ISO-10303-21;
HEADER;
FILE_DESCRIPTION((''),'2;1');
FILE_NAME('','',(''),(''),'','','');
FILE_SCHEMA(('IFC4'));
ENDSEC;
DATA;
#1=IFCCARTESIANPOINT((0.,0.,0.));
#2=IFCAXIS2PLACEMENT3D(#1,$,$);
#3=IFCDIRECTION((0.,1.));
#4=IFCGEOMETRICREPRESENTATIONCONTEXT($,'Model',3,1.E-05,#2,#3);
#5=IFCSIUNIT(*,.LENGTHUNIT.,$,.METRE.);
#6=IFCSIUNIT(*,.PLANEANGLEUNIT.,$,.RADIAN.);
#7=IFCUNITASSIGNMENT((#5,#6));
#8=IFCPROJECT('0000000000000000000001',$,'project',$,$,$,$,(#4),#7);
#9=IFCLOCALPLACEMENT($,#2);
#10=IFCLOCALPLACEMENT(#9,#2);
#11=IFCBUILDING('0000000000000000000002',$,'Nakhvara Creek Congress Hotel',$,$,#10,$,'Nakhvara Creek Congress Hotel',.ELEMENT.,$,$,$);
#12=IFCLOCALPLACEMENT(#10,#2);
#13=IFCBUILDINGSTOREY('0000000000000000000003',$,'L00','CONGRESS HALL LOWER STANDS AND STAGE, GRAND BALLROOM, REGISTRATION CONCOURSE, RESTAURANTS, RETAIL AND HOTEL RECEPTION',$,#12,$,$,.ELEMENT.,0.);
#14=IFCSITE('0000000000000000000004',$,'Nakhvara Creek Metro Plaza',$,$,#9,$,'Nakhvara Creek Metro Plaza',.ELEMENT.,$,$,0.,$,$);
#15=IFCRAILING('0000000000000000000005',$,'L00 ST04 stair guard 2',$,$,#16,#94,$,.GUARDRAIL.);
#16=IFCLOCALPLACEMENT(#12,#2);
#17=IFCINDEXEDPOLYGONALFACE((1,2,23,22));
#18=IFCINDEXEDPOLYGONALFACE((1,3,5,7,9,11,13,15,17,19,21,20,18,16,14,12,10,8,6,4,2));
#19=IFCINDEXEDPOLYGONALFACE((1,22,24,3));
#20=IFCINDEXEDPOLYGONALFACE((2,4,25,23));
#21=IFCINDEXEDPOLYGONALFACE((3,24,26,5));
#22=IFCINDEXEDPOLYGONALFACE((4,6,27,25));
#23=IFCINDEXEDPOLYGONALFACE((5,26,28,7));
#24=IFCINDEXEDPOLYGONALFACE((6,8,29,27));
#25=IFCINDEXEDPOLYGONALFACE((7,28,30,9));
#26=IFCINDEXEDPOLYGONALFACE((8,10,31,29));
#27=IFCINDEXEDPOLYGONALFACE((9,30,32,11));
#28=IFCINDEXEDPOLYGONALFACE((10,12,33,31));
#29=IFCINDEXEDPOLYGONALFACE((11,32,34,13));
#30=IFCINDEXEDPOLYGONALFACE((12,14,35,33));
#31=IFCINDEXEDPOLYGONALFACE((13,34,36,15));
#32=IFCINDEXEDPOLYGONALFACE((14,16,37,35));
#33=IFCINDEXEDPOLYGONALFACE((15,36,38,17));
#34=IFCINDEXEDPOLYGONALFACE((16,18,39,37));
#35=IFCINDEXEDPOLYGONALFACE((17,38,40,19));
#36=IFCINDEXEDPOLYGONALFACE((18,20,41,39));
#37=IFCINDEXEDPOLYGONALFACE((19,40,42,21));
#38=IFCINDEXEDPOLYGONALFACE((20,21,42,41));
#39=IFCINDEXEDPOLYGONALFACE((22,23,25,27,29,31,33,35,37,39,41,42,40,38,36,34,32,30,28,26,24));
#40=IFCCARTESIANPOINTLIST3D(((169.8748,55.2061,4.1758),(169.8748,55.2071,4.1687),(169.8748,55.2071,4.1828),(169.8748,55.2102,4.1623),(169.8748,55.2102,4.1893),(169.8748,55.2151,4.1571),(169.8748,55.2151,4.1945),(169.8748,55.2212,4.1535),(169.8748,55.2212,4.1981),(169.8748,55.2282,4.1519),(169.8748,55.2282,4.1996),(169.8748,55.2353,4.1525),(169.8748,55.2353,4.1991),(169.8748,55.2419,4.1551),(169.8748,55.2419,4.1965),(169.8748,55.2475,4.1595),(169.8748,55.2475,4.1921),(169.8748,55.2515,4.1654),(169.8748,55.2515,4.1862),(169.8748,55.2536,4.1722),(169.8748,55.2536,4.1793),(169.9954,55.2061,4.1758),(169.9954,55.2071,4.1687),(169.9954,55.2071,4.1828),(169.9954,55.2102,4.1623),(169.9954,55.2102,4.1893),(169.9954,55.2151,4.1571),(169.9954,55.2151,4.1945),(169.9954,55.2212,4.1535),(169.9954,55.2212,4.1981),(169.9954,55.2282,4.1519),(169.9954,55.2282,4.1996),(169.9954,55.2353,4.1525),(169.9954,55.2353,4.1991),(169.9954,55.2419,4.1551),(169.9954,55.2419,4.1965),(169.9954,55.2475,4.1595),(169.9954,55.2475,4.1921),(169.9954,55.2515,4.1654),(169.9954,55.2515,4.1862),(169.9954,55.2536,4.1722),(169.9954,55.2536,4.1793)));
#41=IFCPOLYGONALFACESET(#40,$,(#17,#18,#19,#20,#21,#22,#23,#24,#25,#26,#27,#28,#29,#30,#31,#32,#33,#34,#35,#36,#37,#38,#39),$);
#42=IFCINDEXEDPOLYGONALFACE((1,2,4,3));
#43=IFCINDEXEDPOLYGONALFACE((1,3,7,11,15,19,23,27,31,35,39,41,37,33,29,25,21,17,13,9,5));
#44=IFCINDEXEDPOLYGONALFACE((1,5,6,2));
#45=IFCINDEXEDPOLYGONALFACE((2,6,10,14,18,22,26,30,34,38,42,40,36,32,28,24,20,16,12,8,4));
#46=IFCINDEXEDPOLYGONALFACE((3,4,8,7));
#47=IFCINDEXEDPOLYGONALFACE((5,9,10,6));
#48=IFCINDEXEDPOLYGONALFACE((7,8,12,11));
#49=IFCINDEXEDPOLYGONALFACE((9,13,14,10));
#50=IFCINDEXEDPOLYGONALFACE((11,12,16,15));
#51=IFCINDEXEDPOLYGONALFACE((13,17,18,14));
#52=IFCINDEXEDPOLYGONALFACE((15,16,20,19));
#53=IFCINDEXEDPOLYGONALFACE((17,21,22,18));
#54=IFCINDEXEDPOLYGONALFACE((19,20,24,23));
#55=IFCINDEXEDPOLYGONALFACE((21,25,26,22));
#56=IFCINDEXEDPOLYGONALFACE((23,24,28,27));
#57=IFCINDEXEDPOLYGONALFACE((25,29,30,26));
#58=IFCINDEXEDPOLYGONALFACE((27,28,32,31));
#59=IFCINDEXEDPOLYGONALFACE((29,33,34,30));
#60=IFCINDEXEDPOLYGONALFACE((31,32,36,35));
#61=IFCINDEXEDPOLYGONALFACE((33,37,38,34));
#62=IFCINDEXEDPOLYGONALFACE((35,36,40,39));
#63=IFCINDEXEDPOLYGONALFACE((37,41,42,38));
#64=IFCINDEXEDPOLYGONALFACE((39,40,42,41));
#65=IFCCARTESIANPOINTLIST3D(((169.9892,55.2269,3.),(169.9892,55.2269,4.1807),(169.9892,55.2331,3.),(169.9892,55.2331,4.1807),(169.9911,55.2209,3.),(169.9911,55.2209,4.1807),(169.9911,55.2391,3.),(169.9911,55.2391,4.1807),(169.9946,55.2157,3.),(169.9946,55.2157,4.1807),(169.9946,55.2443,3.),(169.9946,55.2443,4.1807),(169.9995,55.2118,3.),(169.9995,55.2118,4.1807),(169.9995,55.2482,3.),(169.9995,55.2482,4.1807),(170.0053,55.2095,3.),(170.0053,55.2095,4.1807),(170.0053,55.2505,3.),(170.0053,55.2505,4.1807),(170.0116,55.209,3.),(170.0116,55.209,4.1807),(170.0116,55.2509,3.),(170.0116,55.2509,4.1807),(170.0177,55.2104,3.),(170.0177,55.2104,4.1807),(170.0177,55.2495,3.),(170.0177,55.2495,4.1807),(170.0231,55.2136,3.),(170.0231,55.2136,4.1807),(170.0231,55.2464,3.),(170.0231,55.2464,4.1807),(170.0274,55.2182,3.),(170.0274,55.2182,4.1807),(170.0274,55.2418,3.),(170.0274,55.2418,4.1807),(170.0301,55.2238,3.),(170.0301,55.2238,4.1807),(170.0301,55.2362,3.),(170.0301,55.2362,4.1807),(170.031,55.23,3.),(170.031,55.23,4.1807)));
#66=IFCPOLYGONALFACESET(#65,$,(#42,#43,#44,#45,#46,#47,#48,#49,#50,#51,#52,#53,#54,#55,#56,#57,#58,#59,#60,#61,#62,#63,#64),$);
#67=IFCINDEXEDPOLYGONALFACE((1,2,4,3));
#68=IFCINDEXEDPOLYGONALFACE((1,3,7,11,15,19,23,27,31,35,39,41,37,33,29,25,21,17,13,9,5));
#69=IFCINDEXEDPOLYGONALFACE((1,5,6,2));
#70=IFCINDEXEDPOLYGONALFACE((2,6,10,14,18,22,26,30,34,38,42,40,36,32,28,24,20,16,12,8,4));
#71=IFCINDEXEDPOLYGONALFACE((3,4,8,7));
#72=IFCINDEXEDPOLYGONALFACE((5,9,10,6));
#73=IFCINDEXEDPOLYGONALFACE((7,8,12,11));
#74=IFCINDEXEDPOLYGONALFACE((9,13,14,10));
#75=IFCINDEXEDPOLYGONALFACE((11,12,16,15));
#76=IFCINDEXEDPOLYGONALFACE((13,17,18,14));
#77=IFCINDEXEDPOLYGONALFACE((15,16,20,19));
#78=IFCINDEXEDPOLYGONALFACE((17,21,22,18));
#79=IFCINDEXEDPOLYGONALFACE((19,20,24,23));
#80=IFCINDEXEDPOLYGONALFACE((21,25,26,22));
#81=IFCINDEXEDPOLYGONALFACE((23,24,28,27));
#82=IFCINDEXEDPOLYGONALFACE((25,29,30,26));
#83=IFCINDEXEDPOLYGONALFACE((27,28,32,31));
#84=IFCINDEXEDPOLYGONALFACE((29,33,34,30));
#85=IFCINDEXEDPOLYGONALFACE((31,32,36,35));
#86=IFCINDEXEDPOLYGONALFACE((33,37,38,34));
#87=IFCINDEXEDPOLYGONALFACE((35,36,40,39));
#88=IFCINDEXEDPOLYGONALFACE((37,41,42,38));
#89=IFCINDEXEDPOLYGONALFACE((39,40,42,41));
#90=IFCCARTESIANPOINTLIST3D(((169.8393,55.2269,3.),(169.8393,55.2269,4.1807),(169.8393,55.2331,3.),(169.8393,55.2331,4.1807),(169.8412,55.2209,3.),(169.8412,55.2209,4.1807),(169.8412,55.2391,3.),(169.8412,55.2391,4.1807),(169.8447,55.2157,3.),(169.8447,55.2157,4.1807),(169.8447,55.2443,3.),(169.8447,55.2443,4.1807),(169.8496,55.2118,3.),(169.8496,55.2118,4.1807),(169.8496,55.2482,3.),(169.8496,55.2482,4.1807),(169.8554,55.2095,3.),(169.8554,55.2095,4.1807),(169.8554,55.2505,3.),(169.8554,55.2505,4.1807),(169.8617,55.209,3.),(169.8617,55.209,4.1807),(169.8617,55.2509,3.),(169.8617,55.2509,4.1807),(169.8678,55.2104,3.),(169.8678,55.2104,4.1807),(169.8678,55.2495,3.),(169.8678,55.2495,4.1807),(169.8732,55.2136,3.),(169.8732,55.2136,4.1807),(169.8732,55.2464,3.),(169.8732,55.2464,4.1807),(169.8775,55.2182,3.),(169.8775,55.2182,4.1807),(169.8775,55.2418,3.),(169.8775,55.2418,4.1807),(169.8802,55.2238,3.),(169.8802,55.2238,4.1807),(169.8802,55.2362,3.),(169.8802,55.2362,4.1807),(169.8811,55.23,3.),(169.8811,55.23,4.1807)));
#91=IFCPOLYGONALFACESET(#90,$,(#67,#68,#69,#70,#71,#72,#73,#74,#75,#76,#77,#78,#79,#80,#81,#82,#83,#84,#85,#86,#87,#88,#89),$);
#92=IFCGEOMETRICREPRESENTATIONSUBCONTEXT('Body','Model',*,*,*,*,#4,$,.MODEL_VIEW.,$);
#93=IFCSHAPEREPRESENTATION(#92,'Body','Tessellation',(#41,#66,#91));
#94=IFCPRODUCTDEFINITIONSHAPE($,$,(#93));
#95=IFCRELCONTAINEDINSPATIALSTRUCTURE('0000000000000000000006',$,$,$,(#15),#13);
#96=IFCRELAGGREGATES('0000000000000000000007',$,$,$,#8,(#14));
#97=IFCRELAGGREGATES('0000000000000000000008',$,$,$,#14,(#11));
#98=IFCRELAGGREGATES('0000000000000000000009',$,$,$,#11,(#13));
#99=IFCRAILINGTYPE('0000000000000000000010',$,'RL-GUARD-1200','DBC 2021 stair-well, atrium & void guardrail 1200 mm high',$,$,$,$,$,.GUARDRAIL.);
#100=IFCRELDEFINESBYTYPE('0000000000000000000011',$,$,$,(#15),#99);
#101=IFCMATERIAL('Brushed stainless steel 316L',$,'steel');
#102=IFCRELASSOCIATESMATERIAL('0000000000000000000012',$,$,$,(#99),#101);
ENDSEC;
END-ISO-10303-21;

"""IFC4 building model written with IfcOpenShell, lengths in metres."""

from ifc_helpers import new_model, si_unit, direction, frame, origin, origin_2d, place, context, subcontext, project, spatial, circle, extrude, material, type_object, element, save


model = new_model("IFC4")

# Units and contexts
model_context = context("Model", 3, precision=1e-05, world=origin(), true_north=direction((0.0, 1.0)))
body_context = subcontext(model_context, "Body", "Model", "MODEL_VIEW")
ifc_project = project(units=[si_unit("LENGTHUNIT", "METRE"), si_unit("PLANEANGLEUNIT", "RADIAN")], contexts=[model_context])

# Site, building, storey
site_placement = place(None, origin())
site = spatial("IfcSite", under=ifc_project, at=site_placement, Name="Nakhvara Creek Metro Plaza", LongName="Nakhvara Creek Metro Plaza", CompositionType="ELEMENT", RefElevation=0.0)
building_placement = place(site_placement, origin())
building = spatial("IfcBuilding", under=site, at=building_placement, Name="Nakhvara Creek Congress Hotel", LongName="Nakhvara Creek Congress Hotel", CompositionType="ELEMENT")
storey_placement = place(building_placement, origin())
storey = spatial("IfcBuildingStorey", under=building, at=storey_placement, Name="L00", Description="CONGRESS HALL LOWER STANDS AND STAGE, GRAND BALLROOM, REGISTRATION CONCOURSE, RESTAURANTS, RETAIL AND HOTEL RECEPTION", CompositionType="ELEMENT", Elevation=0.0)

# Railing
ifc_material_1 = material(Name="Brushed stainless steel 316L", Category="steel")
railing_type_1 = type_object("IfcRailingType", Name="RL-GUARD-1200", Description="DBC 2021 stair-well, atrium & void guardrail 1200 mm high", PredefinedType="GUARDRAIL", material=ifc_material_1)
railing_1_placement = place(storey_placement, frame((170.01, 55.23, 3.0)))
element("IfcRailing", 1, at=railing_1_placement, inside=storey, type_object=railing_type_1, Name="L00 ST04 stair guard 2", PredefinedType="GUARDRAIL", context=body_context, shape_type="SweptSolid", body=[
    extrude(circle(Radius=0.0239, at=origin_2d()), frame((-0.0146, 0.0, 1.1758), z_axis=(-1.0, 0.0, 0.0), x_axis=(0.0, -1.0, 0.0)), (0.0, 0.0, 1.0), 0.1206),
    extrude(circle(Radius=0.021, at=origin_2d()), origin(), (0.0, 0.0, 1.0), 1.1807),
    extrude(circle(Radius=0.021, at=origin_2d()), frame((-0.1499, 0.0, 0.0)), (0.0, 0.0, 1.0), 1.1807),
])

save(model, "model.ifc")
